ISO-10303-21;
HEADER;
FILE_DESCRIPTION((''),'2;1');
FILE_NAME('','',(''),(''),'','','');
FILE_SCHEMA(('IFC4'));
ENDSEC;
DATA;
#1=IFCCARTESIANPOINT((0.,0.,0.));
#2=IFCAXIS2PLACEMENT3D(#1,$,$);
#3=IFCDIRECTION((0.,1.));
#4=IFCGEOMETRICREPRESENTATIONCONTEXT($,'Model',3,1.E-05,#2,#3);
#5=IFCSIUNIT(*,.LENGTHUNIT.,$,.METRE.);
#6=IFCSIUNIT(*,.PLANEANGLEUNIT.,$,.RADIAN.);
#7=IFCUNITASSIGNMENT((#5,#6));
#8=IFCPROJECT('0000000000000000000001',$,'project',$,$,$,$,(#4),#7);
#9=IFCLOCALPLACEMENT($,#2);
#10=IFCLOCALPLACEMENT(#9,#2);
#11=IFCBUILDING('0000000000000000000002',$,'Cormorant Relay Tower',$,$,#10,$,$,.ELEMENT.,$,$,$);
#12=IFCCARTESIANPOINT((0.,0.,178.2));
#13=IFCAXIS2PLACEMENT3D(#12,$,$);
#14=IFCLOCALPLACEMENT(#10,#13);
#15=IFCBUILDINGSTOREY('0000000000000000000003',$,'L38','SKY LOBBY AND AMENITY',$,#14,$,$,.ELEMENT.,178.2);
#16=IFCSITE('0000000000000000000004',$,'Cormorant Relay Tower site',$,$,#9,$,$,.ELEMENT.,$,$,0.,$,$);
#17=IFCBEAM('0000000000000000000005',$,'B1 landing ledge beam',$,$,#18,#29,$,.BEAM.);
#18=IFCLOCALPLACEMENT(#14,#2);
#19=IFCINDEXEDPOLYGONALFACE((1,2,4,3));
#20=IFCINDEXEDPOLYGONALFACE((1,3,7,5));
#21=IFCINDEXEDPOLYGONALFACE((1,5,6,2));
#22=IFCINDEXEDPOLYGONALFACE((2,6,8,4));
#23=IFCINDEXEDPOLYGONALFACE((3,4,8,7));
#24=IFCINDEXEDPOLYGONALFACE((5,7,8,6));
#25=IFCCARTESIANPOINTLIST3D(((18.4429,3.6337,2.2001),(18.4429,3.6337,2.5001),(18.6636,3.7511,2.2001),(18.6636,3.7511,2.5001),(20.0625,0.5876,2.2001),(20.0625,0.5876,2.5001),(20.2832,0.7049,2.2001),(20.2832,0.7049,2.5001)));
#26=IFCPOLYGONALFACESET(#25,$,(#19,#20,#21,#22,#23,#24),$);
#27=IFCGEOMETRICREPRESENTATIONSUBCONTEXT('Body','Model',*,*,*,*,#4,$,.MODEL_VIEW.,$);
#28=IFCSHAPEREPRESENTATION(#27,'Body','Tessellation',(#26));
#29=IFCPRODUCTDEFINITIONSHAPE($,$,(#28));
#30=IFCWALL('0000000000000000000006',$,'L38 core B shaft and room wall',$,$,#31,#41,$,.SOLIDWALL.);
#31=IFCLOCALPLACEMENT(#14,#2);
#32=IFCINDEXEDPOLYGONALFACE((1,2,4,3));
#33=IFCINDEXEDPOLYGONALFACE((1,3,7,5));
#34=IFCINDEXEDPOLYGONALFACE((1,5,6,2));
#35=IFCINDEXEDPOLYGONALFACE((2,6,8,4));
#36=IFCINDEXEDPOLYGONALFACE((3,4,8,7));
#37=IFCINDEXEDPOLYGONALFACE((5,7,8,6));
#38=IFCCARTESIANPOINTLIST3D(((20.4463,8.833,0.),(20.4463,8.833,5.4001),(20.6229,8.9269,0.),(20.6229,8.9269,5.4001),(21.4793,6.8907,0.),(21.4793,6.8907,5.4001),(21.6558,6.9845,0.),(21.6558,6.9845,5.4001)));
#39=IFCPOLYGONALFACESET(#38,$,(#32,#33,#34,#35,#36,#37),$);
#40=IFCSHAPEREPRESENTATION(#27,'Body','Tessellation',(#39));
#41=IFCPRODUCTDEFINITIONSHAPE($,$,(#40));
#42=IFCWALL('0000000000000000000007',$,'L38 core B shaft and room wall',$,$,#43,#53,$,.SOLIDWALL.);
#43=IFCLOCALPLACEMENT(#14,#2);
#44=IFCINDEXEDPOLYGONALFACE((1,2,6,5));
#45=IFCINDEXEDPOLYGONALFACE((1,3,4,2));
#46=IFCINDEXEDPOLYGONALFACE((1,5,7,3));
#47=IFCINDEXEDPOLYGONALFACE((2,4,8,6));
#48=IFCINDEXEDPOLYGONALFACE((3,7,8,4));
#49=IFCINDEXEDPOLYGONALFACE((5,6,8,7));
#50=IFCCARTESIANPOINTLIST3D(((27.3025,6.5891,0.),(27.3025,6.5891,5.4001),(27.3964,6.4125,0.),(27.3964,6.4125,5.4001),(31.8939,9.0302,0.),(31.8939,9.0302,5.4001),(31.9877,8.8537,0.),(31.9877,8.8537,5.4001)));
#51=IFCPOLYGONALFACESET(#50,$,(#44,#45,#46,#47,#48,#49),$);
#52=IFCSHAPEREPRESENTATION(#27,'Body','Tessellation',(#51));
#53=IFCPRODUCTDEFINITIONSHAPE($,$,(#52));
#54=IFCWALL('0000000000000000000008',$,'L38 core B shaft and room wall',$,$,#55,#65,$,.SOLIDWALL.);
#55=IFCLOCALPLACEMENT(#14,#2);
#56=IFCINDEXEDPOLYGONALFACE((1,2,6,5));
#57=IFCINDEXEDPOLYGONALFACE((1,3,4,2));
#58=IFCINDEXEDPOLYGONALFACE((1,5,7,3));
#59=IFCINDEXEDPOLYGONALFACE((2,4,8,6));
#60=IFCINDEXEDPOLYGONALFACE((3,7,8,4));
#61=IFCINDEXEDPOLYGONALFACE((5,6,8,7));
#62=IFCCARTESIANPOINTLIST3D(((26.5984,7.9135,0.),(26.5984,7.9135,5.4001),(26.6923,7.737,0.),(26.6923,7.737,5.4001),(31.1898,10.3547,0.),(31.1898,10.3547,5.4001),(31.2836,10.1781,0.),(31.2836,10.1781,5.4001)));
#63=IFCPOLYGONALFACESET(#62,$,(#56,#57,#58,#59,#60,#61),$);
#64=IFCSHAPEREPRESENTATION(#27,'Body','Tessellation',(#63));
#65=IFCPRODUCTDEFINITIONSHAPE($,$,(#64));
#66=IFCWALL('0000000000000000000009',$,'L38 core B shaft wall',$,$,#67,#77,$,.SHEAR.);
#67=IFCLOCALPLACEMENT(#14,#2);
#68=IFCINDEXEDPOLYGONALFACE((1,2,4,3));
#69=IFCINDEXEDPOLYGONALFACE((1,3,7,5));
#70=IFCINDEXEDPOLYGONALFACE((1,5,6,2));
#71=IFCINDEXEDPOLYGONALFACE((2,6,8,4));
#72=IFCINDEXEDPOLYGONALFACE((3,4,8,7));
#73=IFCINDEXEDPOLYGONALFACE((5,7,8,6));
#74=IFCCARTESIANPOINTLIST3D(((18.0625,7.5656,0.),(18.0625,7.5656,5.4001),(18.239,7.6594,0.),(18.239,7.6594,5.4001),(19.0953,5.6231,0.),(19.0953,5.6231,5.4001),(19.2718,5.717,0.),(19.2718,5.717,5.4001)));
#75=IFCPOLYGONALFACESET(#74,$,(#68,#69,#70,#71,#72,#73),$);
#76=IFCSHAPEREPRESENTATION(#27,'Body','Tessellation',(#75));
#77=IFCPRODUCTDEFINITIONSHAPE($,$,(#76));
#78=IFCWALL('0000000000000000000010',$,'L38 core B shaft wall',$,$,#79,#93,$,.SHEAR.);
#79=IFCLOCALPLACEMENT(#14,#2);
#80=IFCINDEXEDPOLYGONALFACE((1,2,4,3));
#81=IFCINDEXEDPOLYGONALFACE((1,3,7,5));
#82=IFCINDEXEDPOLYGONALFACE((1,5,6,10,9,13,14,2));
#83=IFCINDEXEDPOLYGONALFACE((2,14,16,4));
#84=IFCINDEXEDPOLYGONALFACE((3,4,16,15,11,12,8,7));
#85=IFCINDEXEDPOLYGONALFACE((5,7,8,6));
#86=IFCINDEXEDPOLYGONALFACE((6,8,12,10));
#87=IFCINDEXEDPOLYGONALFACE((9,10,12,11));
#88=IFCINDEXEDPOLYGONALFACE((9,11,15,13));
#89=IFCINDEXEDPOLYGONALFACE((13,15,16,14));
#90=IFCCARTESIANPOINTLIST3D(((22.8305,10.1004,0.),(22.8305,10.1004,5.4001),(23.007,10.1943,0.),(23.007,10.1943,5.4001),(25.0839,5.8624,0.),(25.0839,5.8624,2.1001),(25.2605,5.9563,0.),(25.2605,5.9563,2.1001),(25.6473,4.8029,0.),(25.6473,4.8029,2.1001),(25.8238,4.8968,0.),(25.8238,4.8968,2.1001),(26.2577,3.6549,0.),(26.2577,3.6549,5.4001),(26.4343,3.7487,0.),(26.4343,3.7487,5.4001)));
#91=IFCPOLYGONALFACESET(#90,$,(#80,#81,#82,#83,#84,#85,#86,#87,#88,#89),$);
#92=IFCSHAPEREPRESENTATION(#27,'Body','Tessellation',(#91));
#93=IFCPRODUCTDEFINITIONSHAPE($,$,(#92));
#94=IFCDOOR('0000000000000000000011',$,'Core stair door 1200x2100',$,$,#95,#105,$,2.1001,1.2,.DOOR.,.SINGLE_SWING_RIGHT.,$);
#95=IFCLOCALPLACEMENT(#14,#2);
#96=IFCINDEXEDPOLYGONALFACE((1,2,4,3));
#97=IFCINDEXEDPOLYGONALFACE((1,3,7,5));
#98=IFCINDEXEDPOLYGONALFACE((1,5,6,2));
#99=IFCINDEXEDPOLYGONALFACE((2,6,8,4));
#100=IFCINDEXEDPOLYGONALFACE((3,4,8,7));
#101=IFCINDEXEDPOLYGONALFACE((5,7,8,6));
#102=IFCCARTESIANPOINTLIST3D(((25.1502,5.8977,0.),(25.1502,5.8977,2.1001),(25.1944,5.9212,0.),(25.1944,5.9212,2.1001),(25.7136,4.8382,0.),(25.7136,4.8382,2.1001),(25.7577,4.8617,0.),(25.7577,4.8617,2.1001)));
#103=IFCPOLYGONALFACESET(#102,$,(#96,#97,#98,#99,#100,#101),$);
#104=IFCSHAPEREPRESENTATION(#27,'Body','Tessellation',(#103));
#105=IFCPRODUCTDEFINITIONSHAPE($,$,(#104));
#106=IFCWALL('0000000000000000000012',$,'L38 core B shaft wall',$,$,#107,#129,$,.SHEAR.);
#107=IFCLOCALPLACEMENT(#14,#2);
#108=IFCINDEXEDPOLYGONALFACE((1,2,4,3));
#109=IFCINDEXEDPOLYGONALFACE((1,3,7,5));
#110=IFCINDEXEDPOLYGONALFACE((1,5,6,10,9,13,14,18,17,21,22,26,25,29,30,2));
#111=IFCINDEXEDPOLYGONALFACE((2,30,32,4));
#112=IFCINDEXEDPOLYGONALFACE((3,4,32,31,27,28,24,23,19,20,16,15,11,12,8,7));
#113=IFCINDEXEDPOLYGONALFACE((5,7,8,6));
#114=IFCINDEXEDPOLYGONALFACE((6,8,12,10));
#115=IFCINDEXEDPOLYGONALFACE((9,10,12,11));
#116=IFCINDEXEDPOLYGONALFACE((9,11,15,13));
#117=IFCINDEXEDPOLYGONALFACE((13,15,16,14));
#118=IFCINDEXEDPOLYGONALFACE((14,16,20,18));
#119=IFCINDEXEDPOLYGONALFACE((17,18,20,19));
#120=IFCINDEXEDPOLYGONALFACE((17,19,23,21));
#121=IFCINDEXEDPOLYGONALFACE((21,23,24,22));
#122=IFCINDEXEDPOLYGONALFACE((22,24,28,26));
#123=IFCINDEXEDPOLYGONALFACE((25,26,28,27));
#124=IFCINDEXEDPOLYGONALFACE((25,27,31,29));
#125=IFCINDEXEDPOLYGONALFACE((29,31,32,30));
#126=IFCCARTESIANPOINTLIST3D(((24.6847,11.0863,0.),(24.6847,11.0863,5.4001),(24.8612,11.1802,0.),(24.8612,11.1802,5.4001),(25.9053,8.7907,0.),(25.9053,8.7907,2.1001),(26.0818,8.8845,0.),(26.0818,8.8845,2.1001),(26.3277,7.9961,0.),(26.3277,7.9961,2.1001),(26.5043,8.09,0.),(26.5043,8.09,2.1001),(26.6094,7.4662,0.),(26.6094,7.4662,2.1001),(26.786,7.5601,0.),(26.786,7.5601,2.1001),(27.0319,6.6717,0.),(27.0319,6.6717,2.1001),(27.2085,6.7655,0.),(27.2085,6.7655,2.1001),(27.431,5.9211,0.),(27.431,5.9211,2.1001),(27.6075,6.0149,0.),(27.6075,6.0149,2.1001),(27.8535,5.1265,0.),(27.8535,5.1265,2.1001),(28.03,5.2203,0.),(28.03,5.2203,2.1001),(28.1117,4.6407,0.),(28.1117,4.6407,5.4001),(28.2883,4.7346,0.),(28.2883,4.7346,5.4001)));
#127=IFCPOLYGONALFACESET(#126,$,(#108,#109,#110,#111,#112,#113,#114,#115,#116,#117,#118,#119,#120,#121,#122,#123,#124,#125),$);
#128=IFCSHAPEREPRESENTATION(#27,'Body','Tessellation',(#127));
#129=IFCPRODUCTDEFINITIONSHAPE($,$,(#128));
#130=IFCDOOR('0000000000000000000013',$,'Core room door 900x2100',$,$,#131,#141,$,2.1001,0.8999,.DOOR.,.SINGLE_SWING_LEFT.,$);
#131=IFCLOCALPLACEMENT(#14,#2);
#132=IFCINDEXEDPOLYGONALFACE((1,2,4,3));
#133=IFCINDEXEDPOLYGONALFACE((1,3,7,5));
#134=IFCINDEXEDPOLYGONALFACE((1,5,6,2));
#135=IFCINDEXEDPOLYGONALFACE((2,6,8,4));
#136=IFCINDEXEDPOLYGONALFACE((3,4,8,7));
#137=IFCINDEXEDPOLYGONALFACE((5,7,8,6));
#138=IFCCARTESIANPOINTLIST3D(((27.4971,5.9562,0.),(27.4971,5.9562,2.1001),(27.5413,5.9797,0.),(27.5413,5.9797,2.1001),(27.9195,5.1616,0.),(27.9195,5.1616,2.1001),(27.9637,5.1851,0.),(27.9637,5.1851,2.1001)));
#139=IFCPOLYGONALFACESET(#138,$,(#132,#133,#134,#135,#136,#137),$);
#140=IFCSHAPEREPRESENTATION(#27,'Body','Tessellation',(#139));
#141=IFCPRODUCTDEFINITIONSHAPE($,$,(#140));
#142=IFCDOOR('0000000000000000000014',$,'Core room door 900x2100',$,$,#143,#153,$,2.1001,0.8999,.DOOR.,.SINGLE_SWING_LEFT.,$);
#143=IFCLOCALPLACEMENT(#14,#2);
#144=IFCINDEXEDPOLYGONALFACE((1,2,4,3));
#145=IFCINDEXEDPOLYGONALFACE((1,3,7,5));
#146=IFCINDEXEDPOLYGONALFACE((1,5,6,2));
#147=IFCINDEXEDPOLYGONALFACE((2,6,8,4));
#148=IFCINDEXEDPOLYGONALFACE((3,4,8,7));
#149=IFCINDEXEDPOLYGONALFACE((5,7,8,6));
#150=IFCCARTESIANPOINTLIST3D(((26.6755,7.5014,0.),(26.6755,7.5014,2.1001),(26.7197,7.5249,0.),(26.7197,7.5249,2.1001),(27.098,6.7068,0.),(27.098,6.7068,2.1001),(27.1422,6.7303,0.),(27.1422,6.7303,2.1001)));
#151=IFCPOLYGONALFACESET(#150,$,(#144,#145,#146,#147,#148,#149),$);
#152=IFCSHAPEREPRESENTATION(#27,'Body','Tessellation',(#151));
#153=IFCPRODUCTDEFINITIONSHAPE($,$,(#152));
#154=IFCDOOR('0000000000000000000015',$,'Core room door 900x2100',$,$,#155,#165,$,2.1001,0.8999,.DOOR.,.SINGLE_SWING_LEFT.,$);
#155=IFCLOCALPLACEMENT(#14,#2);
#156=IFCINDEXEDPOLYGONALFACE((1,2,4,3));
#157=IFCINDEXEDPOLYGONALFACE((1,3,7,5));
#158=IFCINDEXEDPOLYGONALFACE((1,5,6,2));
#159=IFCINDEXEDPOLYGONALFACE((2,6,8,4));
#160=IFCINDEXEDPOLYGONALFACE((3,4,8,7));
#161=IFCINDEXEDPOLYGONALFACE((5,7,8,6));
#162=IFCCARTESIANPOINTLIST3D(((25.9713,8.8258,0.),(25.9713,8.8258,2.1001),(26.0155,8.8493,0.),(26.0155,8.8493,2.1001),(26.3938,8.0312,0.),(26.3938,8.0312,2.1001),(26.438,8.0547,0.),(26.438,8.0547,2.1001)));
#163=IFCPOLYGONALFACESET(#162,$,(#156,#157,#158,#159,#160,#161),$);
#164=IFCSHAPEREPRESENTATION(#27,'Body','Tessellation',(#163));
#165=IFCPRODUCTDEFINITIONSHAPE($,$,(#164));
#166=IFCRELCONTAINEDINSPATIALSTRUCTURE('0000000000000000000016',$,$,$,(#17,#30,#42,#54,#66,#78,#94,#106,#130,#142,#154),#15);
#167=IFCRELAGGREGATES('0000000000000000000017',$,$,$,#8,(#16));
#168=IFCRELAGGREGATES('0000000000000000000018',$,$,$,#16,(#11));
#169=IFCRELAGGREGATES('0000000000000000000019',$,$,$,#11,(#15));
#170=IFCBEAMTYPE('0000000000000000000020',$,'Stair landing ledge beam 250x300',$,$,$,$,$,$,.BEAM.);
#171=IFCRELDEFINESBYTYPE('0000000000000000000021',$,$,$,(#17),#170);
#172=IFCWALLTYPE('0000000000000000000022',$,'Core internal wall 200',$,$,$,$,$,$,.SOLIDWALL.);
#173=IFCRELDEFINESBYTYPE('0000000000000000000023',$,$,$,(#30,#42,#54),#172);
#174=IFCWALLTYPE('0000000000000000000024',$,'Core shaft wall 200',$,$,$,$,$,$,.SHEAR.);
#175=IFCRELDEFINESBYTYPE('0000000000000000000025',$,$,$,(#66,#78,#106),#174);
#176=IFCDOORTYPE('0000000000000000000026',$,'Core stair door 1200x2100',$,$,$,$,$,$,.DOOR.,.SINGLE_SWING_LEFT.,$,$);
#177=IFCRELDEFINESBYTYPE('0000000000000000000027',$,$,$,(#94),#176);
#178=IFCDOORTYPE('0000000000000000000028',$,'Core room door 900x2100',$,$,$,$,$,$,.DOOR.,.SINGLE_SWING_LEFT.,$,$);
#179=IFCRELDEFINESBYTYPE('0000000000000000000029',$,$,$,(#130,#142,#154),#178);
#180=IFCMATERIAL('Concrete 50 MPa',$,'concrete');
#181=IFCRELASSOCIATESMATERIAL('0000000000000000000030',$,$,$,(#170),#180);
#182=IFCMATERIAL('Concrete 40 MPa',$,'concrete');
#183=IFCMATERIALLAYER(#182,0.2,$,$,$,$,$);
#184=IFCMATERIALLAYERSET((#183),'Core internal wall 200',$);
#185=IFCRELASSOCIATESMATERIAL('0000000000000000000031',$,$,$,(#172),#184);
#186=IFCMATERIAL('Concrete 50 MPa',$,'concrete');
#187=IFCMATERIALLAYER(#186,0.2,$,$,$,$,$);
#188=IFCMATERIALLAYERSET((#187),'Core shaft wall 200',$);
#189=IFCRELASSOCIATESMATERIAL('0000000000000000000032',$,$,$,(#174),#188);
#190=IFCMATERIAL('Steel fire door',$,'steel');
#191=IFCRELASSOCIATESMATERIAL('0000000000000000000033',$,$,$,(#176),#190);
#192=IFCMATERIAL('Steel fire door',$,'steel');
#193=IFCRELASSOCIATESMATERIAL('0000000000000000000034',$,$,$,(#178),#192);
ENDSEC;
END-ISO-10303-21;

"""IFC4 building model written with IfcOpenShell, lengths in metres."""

from ifc_helpers import new_model, si_unit, direction, frame, frame_2d, origin, origin_2d, place, context, subcontext, project, spatial, rectangle, extrude, material, layer, layer_set, material_profile, profile_set, type_object, element, fill, save


model = new_model("IFC4")

# Units and contexts
model_context = context("Model", 3, precision=1e-05, world=origin(), true_north=direction((0.0, 1.0)))
body_context = subcontext(model_context, "Body", "Model", "MODEL_VIEW")
ifc_project = project(units=[si_unit("LENGTHUNIT", "METRE"), si_unit("PLANEANGLEUNIT", "RADIAN")], contexts=[model_context])

# Site, building, storey
site_placement = place(None, origin())
site = spatial("IfcSite", under=ifc_project, at=site_placement, Name="Cormorant Relay Tower site", CompositionType="ELEMENT", RefElevation=0.0)
building_placement = place(site_placement, origin())
building = spatial("IfcBuilding", under=site, at=building_placement, Name="Cormorant Relay Tower", CompositionType="ELEMENT")
storey_placement = place(building_placement, frame((0.0, 0.0, 178.2)))
storey = spatial("IfcBuildingStorey", under=building, at=storey_placement, Name="L38", Description="SKY LOBBY AND AMENITY", CompositionType="ELEMENT", Elevation=178.2)

# Beam
ifc_material_1 = material(Name="Concrete 50 MPa", Category="concrete")
ifc_material_profile = material_profile(ifc_material_1, rectangle(XDim=0.25, YDim=0.3, at=origin_2d()), Name="RC 250x300")
ifc_profile_set = profile_set([ifc_material_profile], Name="Concrete 50 MPa")
beam_type = type_object("IfcBeamType", Name="Stair landing ledge beam 250x300", PredefinedType="BEAM", material=ifc_profile_set)
beam_placement = place(storey_placement, frame((18.5532, 3.6924, 2.3501), z_axis=(0.469464, -0.882952, 0.0), x_axis=(0.882952, 0.469464, 0.0)))
element("IfcBeam", 1, at=beam_placement, inside=storey, type_object=beam_type, Name="B1 landing ledge beam", PredefinedType="BEAM", context=body_context, shape_type="SweptSolid", body=[
    extrude(rectangle(XDim=0.25, YDim=0.3, at=origin_2d()), origin(), (0.0, 0.0, 1.0), 3.45),
])

# Walls
ifc_material_2 = material(Name="Concrete 40 MPa", Category="concrete")
ifc_layer_1 = layer(ifc_material_2, 0.2)
ifc_layer_set_1 = layer_set([ifc_layer_1], Name="Core internal wall 200")
wall_type_1 = type_object("IfcWallType", Name="Core internal wall 200", PredefinedType="SOLIDWALL", material=ifc_layer_set_1)
wall_1_placement = place(storey_placement, frame((21.5676, 6.9375, 0.0), z_axis=(0.0, 0.0, 1.0), x_axis=(-0.469534, 0.882914, 0.0)))
element("IfcWall", 2, at=wall_1_placement, inside=storey, type_object=wall_type_1, Name="L38 core B shaft and room wall", PredefinedType="SOLIDWALL", context=body_context, shape_type="SweptSolid", body=[
    extrude(rectangle(XDim=2.2, YDim=0.2, at=frame_2d((1.1001, 0.0))), origin(), (0.0, 0.0, 1.0), 5.4001),
])
for number, where, z_axis, x_axis, name in (
    (3, (27.3494, 6.5007, 0.0), (0.0, 0.0, 1.0), (0.882954, 0.46946, 0.0), "L38 core B shaft and room wall"),
    (4, (26.6453, 7.8252, 0.0), (0.0, 0.0, 1.0), (0.882954, 0.46946, 0.0), "L38 core B shaft and room wall"),
):
    element("IfcWall", number, at=place(storey_placement, frame(where, z_axis=z_axis, x_axis=x_axis)), inside=storey, type_object=wall_type_1, Name=name, PredefinedType="SOLIDWALL", context=body_context, shape_type="SweptSolid", body=[
        extrude(rectangle(XDim=5.2, YDim=0.2, at=frame_2d((2.6001, 0.0))), origin(), (0.0, 0.0, 1.0), 5.4001),
    ])
ifc_material_3 = material(Name="Concrete 50 MPa", Category="concrete")
ifc_layer_2 = layer(ifc_material_3, 0.2)
ifc_layer_set_2 = layer_set([ifc_layer_2], Name="Core shaft wall 200")
wall_type_2 = type_object("IfcWallType", Name="Core shaft wall 200", PredefinedType="SHEAR", material=ifc_layer_set_2)
wall_2_placement = place(storey_placement, frame((19.1836, 5.6699, 0.0), z_axis=(0.0, 0.0, 1.0), x_axis=(-0.469447, 0.88296, 0.0)))
element("IfcWall", 5, at=wall_2_placement, inside=storey, type_object=wall_type_2, Name="L38 core B shaft wall", PredefinedType="SHEAR", context=body_context, shape_type="SweptSolid", body=[
    extrude(rectangle(XDim=2.2, YDim=0.2, at=frame_2d((1.1001, 0.0))), origin(), (0.0, 0.0, 1.0), 5.4001),
])

# Wall, opening, door
wall_3_placement = place(storey_placement, frame((26.3459, 3.7019, 0.0), z_axis=(0.0, 0.0, 1.0), x_axis=(-0.46948, 0.882943, 0.0)))
wall_3 = element("IfcWall", 6, at=wall_3_placement, inside=storey, type_object=wall_type_2, Name="L38 core B shaft wall", PredefinedType="SHEAR", context=body_context, shape_type="SweptSolid", body=[
    extrude(rectangle(XDim=7.3, YDim=0.2, at=frame_2d((3.6499, 0.0))), origin(), (0.0, 0.0, 1.0), 5.4001),
])
opening_1_placement = place(wall_3_placement, frame((1.3, 0.0, 0.0)))
opening_1 = element("IfcOpeningElement", 7, at=opening_1_placement, cuts=wall_3, PredefinedType="OPENING", context=body_context, shape_type="SweptSolid", body=[
    extrude(rectangle(XDim=1.2, YDim=2.1001, at=frame_2d((0.6001, 1.05))), frame((0.0, 0.1099, 0.0), z_axis=(0.0, -1.0, 0.0), x_axis=(1.0, 0.0, 0.0)), (0.0, 0.0, 1.0), 0.22),
])
ifc_material_4 = material(Name="Steel fire door", Category="steel")
door_type_1 = type_object("IfcDoorType", Name="Core stair door 1200x2100", OperationType="SINGLE_SWING_LEFT", PredefinedType="DOOR", material=ifc_material_4)
door_1_placement = place(opening_1_placement, origin())
door_1 = element("IfcDoor", 8, at=door_1_placement, inside=storey, type_object=door_type_1, Name="Core stair door 1200x2100", OperationType="SINGLE_SWING_RIGHT", OverallHeight=2.1001, OverallWidth=1.2, PredefinedType="DOOR", context=body_context, shape_type="SweptSolid", body=[
    extrude(rectangle(XDim=1.2, YDim=2.1001, at=frame_2d((0.6001, 1.05))), frame((0.0, 0.0249, 0.0), z_axis=(0.0, -1.0, 0.0), x_axis=(1.0, 0.0, 0.0)), (0.0, 0.0, 1.0), 0.05),
])
fill(opening_1, door_1)

# Wall, openings, doors
wall_4_placement = place(storey_placement, frame((28.2, 4.6877, 0.0), z_axis=(0.0, 0.0, 1.0), x_axis=(-0.469454, 0.882957, 0.0)))
wall_4 = element("IfcWall", 9, at=wall_4_placement, inside=storey, type_object=wall_type_2, Name="L38 core B shaft wall", PredefinedType="SHEAR", context=body_context, shape_type="SweptSolid", body=[
    extrude(rectangle(XDim=7.3, YDim=0.2, at=frame_2d((3.6499, 0.0))), origin(), (0.0, 0.0, 1.0), 5.4001),
])
opening_2_placement = place(wall_4_placement, frame((0.55, 0.0, 0.0)))
opening_2 = element("IfcOpeningElement", 10, at=opening_2_placement, cuts=wall_4, PredefinedType="OPENING", context=body_context, shape_type="SweptSolid", body=[
    extrude(rectangle(XDim=0.8999, YDim=2.1001, at=frame_2d((0.45, 1.05))), frame((0.0, 0.1099, 0.0), z_axis=(0.0, -1.0, 0.0), x_axis=(1.0, 0.0, 0.0)), (0.0, 0.0, 1.0), 0.22),
])
opening_3_placement = place(wall_4_placement, frame((2.3, 0.0, 0.0)))
opening_3 = element("IfcOpeningElement", 11, at=opening_3_placement, cuts=wall_4, PredefinedType="OPENING", context=body_context, shape_type="SweptSolid", body=[
    extrude(rectangle(XDim=0.8999, YDim=2.1001, at=frame_2d((0.45, 1.05))), frame((0.0, 0.1099, 0.0), z_axis=(0.0, -1.0, 0.0), x_axis=(1.0, 0.0, 0.0)), (0.0, 0.0, 1.0), 0.22),
])
opening_4_placement = place(wall_4_placement, frame((3.8, 0.0, 0.0)))
opening_4 = element("IfcOpeningElement", 12, at=opening_4_placement, cuts=wall_4, PredefinedType="OPENING", context=body_context, shape_type="SweptSolid", body=[
    extrude(rectangle(XDim=0.8999, YDim=2.1001, at=frame_2d((0.45, 1.05))), frame((0.0, 0.1099, 0.0), z_axis=(0.0, -1.0, 0.0), x_axis=(1.0, 0.0, 0.0)), (0.0, 0.0, 1.0), 0.22),
])
ifc_material_5 = material(Name="Steel fire door", Category="steel")
door_type_2 = type_object("IfcDoorType", Name="Core room door 900x2100", OperationType="SINGLE_SWING_LEFT", PredefinedType="DOOR", material=ifc_material_5)
door_2_placement = place(opening_2_placement, frame((0.8999, 0.0, 0.0), z_axis=(0.0, 0.0, 1.0), x_axis=(-1.0, 0.0, 0.0)))
door_2 = element("IfcDoor", 13, at=door_2_placement, inside=storey, type_object=door_type_2, Name="Core room door 900x2100", OperationType="SINGLE_SWING_LEFT", OverallHeight=2.1001, OverallWidth=0.8999, PredefinedType="DOOR", context=body_context, shape_type="SweptSolid", body=[
    extrude(rectangle(XDim=0.8999, YDim=2.1001, at=frame_2d((0.45, 1.05))), frame((0.0, 0.0249, 0.0), z_axis=(0.0, -1.0, 0.0), x_axis=(1.0, 0.0, 0.0)), (0.0, 0.0, 1.0), 0.05),
])
fill(opening_2, door_2)
door_3_placement = place(opening_3_placement, frame((0.8999, 0.0, 0.0), z_axis=(0.0, 0.0, 1.0), x_axis=(-1.0, 0.0, 0.0)))
door_3 = element("IfcDoor", 14, at=door_3_placement, inside=storey, type_object=door_type_2, Name="Core room door 900x2100", OperationType="SINGLE_SWING_LEFT", OverallHeight=2.1001, OverallWidth=0.8999, PredefinedType="DOOR", context=body_context, shape_type="SweptSolid", body=[
    extrude(rectangle(XDim=0.8999, YDim=2.1001, at=frame_2d((0.45, 1.05))), frame((0.0, 0.0249, 0.0), z_axis=(0.0, -1.0, 0.0), x_axis=(1.0, 0.0, 0.0)), (0.0, 0.0, 1.0), 0.05),
])
fill(opening_3, door_3)
door_4_placement = place(opening_4_placement, frame((0.8999, 0.0, 0.0), z_axis=(0.0, 0.0, 1.0), x_axis=(-1.0, 0.0, 0.0)))
door_4 = element("IfcDoor", 15, at=door_4_placement, inside=storey, type_object=door_type_2, Name="Core room door 900x2100", OperationType="SINGLE_SWING_LEFT", OverallHeight=2.1001, OverallWidth=0.8999, PredefinedType="DOOR", context=body_context, shape_type="SweptSolid", body=[
    extrude(rectangle(XDim=0.8999, YDim=2.1001, at=frame_2d((0.45, 1.05))), frame((0.0, 0.0249, 0.0), z_axis=(0.0, -1.0, 0.0), x_axis=(1.0, 0.0, 0.0)), (0.0, 0.0, 1.0), 0.05),
])
fill(opening_4, door_4)

save(model, "model.ifc")
